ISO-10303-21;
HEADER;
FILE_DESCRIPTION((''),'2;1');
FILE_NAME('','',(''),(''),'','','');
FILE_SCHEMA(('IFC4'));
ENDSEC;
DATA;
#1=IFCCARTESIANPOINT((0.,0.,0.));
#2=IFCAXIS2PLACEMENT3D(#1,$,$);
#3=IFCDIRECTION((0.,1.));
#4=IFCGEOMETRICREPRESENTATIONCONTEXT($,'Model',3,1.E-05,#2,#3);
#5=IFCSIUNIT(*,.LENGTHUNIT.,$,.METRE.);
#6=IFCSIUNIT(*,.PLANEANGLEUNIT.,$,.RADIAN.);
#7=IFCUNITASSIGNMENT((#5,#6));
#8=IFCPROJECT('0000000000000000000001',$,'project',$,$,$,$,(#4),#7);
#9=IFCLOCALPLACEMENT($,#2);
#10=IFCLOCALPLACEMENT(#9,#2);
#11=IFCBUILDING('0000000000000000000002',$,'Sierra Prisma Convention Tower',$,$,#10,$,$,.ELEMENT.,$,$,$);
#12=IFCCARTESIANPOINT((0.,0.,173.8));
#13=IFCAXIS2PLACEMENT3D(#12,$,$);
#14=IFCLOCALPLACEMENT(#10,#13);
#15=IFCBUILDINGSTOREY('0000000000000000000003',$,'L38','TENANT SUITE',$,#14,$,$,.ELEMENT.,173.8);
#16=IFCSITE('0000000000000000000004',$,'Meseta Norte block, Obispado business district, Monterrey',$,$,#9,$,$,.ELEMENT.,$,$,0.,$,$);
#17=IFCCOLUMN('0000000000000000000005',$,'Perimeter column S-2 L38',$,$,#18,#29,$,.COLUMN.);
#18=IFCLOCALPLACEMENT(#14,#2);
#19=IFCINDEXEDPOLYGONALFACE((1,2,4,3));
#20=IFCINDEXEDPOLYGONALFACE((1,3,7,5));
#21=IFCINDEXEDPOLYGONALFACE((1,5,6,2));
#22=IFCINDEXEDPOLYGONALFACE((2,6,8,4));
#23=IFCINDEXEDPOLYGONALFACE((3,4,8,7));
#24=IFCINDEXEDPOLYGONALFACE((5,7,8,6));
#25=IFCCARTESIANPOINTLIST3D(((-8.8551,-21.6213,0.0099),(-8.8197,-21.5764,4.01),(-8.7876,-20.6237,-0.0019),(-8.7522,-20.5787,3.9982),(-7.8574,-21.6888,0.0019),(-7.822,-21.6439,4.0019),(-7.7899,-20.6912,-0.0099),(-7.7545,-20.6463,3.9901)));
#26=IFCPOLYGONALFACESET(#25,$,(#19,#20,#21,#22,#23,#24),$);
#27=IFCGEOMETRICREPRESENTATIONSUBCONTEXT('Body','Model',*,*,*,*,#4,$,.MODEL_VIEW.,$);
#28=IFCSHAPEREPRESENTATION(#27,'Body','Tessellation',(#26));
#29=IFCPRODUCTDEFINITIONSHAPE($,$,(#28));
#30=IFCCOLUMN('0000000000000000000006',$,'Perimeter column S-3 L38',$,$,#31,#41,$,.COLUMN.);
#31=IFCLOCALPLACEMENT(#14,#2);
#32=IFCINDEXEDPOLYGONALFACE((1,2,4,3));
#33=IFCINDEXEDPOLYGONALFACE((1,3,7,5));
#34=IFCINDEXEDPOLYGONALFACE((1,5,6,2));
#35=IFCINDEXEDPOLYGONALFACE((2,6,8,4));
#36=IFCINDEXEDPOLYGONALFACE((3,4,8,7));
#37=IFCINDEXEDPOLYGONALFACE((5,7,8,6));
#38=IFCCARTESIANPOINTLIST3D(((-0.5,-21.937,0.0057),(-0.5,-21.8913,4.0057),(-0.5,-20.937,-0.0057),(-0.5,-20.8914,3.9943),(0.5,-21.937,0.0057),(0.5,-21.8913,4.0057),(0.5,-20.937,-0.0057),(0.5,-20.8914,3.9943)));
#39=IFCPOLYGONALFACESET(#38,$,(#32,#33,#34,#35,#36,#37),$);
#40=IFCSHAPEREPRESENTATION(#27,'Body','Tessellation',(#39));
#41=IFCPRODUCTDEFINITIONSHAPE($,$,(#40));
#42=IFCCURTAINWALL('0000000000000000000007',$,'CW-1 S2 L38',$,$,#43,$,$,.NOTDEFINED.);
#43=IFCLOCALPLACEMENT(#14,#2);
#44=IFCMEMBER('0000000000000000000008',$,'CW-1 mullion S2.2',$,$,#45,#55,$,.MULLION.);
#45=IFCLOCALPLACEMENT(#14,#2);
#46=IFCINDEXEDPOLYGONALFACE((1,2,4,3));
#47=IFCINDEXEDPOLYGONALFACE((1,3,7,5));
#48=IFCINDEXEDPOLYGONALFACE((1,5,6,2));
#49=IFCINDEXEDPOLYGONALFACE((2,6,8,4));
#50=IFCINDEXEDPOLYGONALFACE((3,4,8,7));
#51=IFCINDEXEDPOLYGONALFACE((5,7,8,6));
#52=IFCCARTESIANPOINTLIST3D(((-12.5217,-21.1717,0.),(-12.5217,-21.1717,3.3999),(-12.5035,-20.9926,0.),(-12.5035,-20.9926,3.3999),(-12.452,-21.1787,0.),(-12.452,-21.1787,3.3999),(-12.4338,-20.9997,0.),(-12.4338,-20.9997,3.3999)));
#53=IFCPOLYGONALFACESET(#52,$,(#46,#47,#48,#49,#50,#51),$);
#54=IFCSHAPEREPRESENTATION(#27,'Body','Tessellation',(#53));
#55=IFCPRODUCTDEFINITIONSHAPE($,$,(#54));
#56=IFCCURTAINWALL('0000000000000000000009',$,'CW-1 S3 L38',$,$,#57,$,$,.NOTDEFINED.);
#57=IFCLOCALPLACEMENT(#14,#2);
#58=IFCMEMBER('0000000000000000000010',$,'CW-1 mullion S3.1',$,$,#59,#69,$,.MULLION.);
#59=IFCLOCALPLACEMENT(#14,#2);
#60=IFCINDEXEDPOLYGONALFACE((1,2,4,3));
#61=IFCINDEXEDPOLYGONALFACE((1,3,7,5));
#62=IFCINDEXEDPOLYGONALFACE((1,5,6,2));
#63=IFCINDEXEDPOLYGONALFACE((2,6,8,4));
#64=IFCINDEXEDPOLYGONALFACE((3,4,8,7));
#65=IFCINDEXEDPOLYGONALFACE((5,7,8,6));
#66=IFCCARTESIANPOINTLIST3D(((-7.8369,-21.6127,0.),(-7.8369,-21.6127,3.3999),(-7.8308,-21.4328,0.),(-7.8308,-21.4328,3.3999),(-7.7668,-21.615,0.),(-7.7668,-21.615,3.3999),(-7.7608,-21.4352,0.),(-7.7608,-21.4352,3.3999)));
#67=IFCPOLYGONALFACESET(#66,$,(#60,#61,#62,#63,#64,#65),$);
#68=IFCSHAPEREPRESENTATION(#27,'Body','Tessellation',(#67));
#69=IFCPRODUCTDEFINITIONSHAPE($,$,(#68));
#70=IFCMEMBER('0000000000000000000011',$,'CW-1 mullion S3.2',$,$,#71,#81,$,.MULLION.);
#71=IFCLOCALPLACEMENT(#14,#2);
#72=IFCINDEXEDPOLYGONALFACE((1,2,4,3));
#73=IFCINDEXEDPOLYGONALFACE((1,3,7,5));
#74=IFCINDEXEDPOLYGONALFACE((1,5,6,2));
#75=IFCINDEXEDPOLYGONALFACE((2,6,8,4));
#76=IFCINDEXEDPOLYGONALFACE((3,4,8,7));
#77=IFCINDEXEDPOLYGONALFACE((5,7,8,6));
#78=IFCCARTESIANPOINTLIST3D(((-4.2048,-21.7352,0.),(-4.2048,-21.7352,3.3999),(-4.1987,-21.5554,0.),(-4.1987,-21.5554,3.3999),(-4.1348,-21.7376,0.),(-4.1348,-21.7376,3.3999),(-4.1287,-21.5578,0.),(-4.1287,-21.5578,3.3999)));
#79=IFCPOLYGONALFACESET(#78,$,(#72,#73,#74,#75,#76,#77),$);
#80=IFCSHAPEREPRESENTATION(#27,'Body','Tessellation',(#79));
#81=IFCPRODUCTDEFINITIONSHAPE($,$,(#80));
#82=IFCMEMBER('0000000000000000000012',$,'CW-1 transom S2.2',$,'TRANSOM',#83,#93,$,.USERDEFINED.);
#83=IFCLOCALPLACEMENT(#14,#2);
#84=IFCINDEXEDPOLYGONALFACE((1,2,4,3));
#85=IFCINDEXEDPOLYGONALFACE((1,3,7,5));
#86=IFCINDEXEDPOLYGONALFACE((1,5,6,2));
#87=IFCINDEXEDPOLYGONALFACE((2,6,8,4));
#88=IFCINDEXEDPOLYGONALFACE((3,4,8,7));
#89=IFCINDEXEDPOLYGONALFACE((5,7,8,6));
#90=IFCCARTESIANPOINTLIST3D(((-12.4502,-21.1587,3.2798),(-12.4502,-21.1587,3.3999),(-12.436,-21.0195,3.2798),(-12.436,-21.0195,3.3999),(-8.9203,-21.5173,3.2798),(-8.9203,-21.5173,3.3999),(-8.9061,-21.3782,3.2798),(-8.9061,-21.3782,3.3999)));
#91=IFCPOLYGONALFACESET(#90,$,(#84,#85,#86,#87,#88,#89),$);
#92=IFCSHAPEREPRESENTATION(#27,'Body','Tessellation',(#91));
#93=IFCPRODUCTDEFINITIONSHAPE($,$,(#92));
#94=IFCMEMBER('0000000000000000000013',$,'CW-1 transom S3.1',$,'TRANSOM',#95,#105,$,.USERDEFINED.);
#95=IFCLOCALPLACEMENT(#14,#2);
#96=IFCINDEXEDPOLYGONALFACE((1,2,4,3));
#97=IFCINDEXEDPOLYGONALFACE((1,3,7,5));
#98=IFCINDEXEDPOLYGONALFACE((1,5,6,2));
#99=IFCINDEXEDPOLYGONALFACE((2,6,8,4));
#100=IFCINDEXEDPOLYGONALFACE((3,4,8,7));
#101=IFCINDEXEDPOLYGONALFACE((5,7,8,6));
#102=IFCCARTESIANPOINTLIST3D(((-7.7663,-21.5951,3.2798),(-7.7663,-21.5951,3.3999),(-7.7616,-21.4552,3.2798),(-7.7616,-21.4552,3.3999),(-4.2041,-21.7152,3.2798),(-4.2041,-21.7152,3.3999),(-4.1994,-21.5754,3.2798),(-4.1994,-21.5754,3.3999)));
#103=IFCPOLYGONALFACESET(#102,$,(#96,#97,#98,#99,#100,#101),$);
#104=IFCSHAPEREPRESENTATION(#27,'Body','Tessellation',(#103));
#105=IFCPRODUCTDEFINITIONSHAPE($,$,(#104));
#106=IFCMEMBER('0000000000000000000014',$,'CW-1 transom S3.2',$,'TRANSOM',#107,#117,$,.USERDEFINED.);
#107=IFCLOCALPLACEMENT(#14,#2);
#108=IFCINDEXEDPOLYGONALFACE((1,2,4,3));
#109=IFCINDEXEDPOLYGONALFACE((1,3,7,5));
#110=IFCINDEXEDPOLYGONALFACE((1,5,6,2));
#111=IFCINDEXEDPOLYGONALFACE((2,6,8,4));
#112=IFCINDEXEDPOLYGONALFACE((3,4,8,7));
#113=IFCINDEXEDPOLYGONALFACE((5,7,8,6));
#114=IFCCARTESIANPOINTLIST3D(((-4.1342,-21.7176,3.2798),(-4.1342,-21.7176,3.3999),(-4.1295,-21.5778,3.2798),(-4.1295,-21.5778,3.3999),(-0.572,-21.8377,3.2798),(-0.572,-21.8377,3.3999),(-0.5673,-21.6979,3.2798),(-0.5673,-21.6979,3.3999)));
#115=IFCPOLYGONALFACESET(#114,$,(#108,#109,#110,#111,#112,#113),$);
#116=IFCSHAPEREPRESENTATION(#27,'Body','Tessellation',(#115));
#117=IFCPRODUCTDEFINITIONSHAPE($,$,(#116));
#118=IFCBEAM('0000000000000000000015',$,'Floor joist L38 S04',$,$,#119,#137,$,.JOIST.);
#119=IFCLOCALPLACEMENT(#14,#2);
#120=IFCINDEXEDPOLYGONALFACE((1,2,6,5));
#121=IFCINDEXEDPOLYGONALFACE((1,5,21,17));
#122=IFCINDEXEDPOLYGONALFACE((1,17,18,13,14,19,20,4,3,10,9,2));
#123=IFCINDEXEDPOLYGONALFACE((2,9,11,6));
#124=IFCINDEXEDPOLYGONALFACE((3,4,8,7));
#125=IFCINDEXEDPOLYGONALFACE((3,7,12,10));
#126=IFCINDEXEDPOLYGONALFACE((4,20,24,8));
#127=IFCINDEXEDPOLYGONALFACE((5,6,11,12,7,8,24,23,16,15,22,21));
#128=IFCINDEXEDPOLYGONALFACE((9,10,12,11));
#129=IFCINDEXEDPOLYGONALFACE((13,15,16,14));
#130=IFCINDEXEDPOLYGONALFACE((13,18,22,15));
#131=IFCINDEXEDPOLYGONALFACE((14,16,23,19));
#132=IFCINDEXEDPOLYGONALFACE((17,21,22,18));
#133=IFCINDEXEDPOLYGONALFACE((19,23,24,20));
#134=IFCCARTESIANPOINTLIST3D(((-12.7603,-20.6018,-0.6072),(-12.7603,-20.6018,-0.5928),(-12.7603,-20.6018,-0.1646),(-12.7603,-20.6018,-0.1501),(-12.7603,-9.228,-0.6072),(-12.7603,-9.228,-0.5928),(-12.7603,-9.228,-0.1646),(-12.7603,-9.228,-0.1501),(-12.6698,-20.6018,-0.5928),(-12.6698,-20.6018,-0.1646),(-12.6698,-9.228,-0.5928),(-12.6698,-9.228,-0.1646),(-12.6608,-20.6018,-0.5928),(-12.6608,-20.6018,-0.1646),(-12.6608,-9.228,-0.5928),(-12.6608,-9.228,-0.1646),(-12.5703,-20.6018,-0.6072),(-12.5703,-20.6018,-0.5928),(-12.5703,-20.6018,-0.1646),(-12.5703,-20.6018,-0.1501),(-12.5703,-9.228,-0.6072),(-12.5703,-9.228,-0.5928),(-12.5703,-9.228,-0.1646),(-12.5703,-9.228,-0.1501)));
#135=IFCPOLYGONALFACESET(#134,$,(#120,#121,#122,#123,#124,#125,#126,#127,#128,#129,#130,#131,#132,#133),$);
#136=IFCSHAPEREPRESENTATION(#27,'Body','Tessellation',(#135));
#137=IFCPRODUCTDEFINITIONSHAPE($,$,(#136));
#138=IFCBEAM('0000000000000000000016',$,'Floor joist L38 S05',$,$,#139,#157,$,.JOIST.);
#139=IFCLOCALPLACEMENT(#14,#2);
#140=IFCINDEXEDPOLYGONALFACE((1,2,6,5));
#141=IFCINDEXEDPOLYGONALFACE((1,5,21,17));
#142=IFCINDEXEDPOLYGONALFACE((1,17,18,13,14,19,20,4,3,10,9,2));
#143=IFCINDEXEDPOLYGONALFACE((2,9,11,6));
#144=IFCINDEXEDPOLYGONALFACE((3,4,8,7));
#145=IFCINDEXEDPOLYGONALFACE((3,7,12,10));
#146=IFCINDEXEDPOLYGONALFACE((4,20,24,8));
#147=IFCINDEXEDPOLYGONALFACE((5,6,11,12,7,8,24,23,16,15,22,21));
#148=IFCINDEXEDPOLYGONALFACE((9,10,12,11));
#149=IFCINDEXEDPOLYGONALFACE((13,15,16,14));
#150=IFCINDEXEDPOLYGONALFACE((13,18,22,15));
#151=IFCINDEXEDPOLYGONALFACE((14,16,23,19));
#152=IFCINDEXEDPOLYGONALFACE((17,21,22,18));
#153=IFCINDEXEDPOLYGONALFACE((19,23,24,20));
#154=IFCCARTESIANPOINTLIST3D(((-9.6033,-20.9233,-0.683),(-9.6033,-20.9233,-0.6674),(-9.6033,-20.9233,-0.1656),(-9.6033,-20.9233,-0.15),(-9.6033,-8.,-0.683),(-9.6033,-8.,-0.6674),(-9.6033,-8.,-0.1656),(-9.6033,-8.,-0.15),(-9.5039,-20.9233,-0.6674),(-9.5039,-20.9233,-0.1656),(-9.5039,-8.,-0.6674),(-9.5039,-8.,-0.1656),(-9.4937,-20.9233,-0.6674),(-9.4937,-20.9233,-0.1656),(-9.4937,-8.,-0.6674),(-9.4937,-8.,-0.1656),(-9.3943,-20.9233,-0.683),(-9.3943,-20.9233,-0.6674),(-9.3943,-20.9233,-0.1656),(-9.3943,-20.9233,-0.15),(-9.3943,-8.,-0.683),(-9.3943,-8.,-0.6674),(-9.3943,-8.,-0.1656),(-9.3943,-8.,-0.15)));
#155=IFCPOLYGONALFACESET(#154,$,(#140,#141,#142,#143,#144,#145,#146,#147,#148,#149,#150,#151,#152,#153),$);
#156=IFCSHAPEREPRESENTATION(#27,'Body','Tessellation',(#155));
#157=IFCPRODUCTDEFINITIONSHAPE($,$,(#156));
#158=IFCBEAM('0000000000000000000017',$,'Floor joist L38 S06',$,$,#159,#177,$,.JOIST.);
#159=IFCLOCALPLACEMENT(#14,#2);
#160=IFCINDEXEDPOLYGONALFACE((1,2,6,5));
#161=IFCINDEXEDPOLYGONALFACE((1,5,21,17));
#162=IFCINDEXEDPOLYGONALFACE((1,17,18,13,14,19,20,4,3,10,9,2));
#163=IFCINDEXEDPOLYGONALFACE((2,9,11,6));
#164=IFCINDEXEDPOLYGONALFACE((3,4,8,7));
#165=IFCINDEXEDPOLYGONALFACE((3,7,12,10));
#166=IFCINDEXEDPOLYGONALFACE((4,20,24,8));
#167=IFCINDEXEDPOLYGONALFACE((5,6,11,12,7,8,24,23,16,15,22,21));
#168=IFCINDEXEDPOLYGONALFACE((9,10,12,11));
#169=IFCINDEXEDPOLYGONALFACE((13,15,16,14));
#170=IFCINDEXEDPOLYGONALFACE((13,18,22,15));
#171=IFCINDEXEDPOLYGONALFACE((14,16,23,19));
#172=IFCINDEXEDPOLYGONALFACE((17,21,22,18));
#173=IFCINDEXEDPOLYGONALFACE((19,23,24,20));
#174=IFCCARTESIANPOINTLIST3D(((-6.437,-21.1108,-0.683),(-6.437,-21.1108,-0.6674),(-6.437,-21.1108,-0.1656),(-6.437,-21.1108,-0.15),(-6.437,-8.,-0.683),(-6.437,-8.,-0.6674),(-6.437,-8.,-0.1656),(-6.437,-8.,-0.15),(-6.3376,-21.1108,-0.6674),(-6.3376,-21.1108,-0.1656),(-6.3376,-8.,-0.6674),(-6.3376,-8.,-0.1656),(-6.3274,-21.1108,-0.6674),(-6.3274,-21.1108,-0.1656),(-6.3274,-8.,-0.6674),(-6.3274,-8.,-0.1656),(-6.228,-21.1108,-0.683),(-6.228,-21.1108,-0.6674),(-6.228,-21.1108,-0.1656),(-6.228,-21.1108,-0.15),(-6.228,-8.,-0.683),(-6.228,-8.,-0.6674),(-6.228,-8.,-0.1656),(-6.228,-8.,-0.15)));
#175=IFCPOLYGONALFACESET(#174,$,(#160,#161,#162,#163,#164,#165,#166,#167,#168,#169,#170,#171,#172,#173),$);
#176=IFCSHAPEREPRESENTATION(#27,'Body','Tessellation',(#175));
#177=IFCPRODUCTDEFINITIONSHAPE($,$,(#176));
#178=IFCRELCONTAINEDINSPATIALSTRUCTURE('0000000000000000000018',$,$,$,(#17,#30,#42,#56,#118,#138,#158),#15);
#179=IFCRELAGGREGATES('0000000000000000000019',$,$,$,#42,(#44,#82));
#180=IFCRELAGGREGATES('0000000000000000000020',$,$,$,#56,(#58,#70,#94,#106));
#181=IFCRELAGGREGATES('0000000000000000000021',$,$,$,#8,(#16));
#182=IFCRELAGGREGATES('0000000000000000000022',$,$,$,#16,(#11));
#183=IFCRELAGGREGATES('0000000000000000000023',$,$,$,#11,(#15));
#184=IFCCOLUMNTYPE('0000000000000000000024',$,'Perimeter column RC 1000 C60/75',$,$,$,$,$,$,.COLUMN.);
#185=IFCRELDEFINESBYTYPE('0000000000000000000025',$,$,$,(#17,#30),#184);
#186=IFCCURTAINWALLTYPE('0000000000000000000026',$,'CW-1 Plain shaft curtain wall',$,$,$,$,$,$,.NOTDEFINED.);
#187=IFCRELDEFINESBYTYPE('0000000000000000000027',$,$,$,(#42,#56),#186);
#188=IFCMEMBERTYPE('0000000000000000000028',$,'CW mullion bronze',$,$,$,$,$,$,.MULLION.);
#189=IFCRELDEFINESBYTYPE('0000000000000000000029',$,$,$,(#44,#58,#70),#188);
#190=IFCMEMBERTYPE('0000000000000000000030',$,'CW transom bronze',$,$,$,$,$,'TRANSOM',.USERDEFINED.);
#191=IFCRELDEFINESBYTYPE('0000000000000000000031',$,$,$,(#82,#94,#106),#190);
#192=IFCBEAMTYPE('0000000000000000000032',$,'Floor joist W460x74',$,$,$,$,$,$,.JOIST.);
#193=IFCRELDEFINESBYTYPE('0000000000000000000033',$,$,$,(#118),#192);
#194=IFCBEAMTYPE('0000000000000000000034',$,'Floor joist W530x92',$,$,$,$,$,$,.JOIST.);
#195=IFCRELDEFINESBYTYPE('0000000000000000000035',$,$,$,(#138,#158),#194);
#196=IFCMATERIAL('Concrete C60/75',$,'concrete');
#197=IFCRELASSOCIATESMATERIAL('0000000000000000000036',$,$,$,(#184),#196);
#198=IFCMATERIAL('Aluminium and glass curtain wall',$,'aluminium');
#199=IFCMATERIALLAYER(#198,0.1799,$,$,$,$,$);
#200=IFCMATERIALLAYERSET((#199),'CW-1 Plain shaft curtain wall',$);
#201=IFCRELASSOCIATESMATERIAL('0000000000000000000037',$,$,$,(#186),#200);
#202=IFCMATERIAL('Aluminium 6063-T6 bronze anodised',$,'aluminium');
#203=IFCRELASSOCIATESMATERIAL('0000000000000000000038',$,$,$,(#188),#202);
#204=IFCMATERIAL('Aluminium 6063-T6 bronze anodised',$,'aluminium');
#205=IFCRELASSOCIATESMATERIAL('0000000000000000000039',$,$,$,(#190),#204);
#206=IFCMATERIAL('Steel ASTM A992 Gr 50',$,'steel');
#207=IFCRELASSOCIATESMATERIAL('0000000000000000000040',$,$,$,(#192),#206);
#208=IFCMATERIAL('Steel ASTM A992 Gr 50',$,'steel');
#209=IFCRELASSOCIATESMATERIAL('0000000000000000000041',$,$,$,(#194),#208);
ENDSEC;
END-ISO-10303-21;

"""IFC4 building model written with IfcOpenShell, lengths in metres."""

from ifc_helpers import new_model, si_unit, direction, frame, origin, origin_2d, place, context, subcontext, project, spatial, rectangle, i_section, extrude, material, layer, layer_set, material_profile, profile_set, type_object, element, aggregate, save


model = new_model("IFC4")

# Units and contexts
model_context = context("Model", 3, precision=1e-05, world=origin(), true_north=direction((0.0, 1.0)))
body_context = subcontext(model_context, "Body", "Model", "MODEL_VIEW")
ifc_project = project(units=[si_unit("LENGTHUNIT", "METRE"), si_unit("PLANEANGLEUNIT", "RADIAN")], contexts=[model_context])

# Site, building, storey
site_placement = place(None, origin())
site = spatial("IfcSite", under=ifc_project, at=site_placement, Name="Meseta Norte block, Obispado business district, Monterrey", CompositionType="ELEMENT", RefElevation=0.0)
building_placement = place(site_placement, origin())
building = spatial("IfcBuilding", under=site, at=building_placement, Name="Sierra Prisma Convention Tower", CompositionType="ELEMENT")
storey_placement = place(building_placement, frame((0.0, 0.0, 173.8)))
storey = spatial("IfcBuildingStorey", under=building, at=storey_placement, Name="L38", Description="TENANT SUITE", CompositionType="ELEMENT", Elevation=173.8)

# Columns
ifc_material_1 = material(Name="Concrete C60/75", Category="concrete")
ifc_material_profile_1 = material_profile(ifc_material_1, rectangle(XDim=1.0, YDim=1.0, at=origin_2d()), Name="Perimeter column RC 1000 C60/75")
ifc_profile_set_1 = profile_set([ifc_material_profile_1], Name="Concrete C60/75")
column_type = type_object("IfcColumnType", Name="Perimeter column RC 1000 C60/75", PredefinedType="COLUMN", material=ifc_profile_set_1)
column_1_placement = place(storey_placement, frame((-8.3225, -21.1562, 0.0), z_axis=(0.008849, 0.011229, 0.999898), x_axis=(-0.997684, 0.067537, 0.008071)))
element("IfcColumn", 1, at=column_1_placement, inside=storey, type_object=column_type, Name="Perimeter column S-2 L38", PredefinedType="COLUMN", context=body_context, shape_type="SweptSolid", body=[
    extrude(rectangle(XDim=1.0, YDim=1.0, at=origin_2d()), origin(), (0.0, 0.0, 1.0), 4.0005),
])
column_2_placement = place(storey_placement, frame((0.0, -21.437, 0.0), z_axis=(0.0, 0.011413, 0.999935), x_axis=(1.0, 0.0, 0.0)))
element("IfcColumn", 2, at=column_2_placement, inside=storey, type_object=column_type, Name="Perimeter column S-3 L38", PredefinedType="COLUMN", context=body_context, shape_type="SweptSolid", body=[
    extrude(rectangle(XDim=1.0, YDim=1.0, at=origin_2d()), origin(), (0.0, 0.0, 1.0), 4.0002),
])

# Curtain wall, member
ifc_material_2 = material(Name="Aluminium and glass curtain wall", Category="aluminium")
ifc_layer_1 = layer(ifc_material_2, 0.1799)
ifc_layer_set_1 = layer_set([ifc_layer_1], Name="CW-1 Plain shaft curtain wall")
curtain_wall_type = type_object("IfcCurtainWallType", Name="CW-1 Plain shaft curtain wall", PredefinedType="NOTDEFINED", material=ifc_layer_set_1)
curtain_wall_1_placement = place(storey_placement, origin())
curtain_wall_1 = element("IfcCurtainWall", 3, at=curtain_wall_1_placement, inside=storey, type_object=curtain_wall_type, Name="CW-1 S2 L38", PredefinedType="NOTDEFINED")
ifc_material_3 = material(Name="Aluminium 6063-T6 bronze anodised", Category="aluminium")
ifc_material_profile_2 = material_profile(ifc_material_3, rectangle(XDim=0.1799, YDim=0.0701, at=origin_2d()), Name="ALU MULLION 70x180")
ifc_profile_set_2 = profile_set([ifc_material_profile_2], Name="Aluminium 6063-T6 bronze anodised")
member_type_1 = type_object("IfcMemberType", Name="CW mullion bronze", PredefinedType="MULLION", material=ifc_profile_set_2)
member_1_placement = place(storey_placement, frame((-12.4778, -21.0857, 0.0), z_axis=(0.0, 0.0, 1.0), x_axis=(0.101067, 0.99488, 0.0)))
member_1 = element("IfcMember", 4, at=member_1_placement, type_object=member_type_1, Name="CW-1 mullion S2.2", PredefinedType="MULLION", context=body_context, shape_type="SweptSolid", body=[
    extrude(rectangle(XDim=0.1799, YDim=0.0701, at=origin_2d()), origin(), (0.0, 0.0, 1.0), 3.3999),
])

# Curtain wall, members
curtain_wall_2_placement = place(storey_placement, origin())
curtain_wall_2 = element("IfcCurtainWall", 5, at=curtain_wall_2_placement, inside=storey, type_object=curtain_wall_type, Name="CW-1 S3 L38", PredefinedType="NOTDEFINED")
member_2_placement = place(storey_placement, frame((-7.7988, -21.5239, 0.0), z_axis=(0.0, 0.0, 1.0), x_axis=(0.03374, 0.999431, 0.0)))
member_2 = element("IfcMember", 6, at=member_2_placement, type_object=member_type_1, Name="CW-1 mullion S3.1", PredefinedType="MULLION", context=body_context, shape_type="SweptSolid", body=[
    extrude(rectangle(XDim=0.1799, YDim=0.0701, at=origin_2d()), origin(), (0.0, 0.0, 1.0), 3.3999),
])
member_3_placement = place(storey_placement, frame((-4.1667, -21.6465, 0.0), z_axis=(0.0, 0.0, 1.0), x_axis=(0.03374, 0.999431, 0.0)))
member_3 = element("IfcMember", 7, at=member_3_placement, type_object=member_type_1, Name="CW-1 mullion S3.2", PredefinedType="MULLION", context=body_context, shape_type="SweptSolid", body=[
    extrude(rectangle(XDim=0.1799, YDim=0.0701, at=origin_2d()), origin(), (0.0, 0.0, 1.0), 3.3999),
])

# Members
ifc_material_4 = material(Name="Aluminium 6063-T6 bronze anodised", Category="aluminium")
ifc_material_profile_3 = material_profile(ifc_material_4, rectangle(XDim=0.1399, YDim=0.1201, at=origin_2d()), Name="ALU TRANSOM 120x140")
ifc_profile_set_3 = profile_set([ifc_material_profile_3], Name="Aluminium 6063-T6 bronze anodised")
member_type_2 = type_object("IfcMemberType", Name="CW transom bronze", ElementType="TRANSOM", PredefinedType="USERDEFINED", material=ifc_profile_set_3)
member_4_placement = place(storey_placement, frame((-12.4431, -21.0891, 3.3398), z_axis=(0.994879, -0.101077, 0.0), x_axis=(0.101077, 0.994879, 0.0)))
member_4 = element("IfcMember", 8, at=member_4_placement, type_object=member_type_2, Name="CW-1 transom S2.2", ObjectType="TRANSOM", PredefinedType="USERDEFINED", context=body_context, shape_type="SweptSolid", body=[
    extrude(rectangle(XDim=0.1399, YDim=0.1201, at=origin_2d()), origin(), (0.0, 0.0, 1.0), 3.5481),
])
member_5_placement = place(storey_placement, frame((-7.7639, -21.5251, 3.3398), z_axis=(0.999432, -0.0337, 0.0), x_axis=(0.0337, 0.999432, 0.0)))
member_5 = element("IfcMember", 9, at=member_5_placement, type_object=member_type_2, Name="CW-1 transom S3.1", ObjectType="TRANSOM", PredefinedType="USERDEFINED", context=body_context, shape_type="SweptSolid", body=[
    extrude(rectangle(XDim=0.1399, YDim=0.1201, at=origin_2d()), origin(), (0.0, 0.0, 1.0), 3.5642),
])
member_6_placement = place(storey_placement, frame((-4.1318, -21.6477, 3.3398), z_axis=(0.999432, -0.0337, 0.0), x_axis=(0.0337, 0.999432, 0.0)))
member_6 = element("IfcMember", 10, at=member_6_placement, type_object=member_type_2, Name="CW-1 transom S3.2", ObjectType="TRANSOM", PredefinedType="USERDEFINED", context=body_context, shape_type="SweptSolid", body=[
    extrude(rectangle(XDim=0.1399, YDim=0.1201, at=origin_2d()), origin(), (0.0, 0.0, 1.0), 3.5642),
])

# Beams
ifc_material_5 = material(Name="Steel ASTM A992 Gr 50", Category="steel")
ifc_material_profile_4 = material_profile(ifc_material_5, i_section(OverallWidth=0.1899, OverallDepth=0.457, WebThickness=0.009, FlangeThickness=0.0144, at=origin_2d()), Name="W460x74")
ifc_profile_set_4 = profile_set([ifc_material_profile_4], Name="Steel ASTM A992 Gr 50")
beam_type_1 = type_object("IfcBeamType", Name="Floor joist W460x74", PredefinedType="JOIST", material=ifc_profile_set_4)
beam_1_placement = place(storey_placement, frame((-12.6653, -20.6018, -0.3787), z_axis=(0.0, 1.0, 0.0), x_axis=(-1.0, 0.0, 0.0)))
element("IfcBeam", 11, at=beam_1_placement, inside=storey, type_object=beam_type_1, Name="Floor joist L38 S04", PredefinedType="JOIST", context=body_context, shape_type="SweptSolid", body=[
    extrude(i_section(OverallWidth=0.1899, OverallDepth=0.457, WebThickness=0.009, FlangeThickness=0.0144, at=origin_2d()), origin(), (0.0, 0.0, 1.0), 11.3738),
])
ifc_material_6 = material(Name="Steel ASTM A992 Gr 50", Category="steel")
ifc_material_profile_5 = material_profile(ifc_material_6, i_section(OverallWidth=0.209, OverallDepth=0.533, WebThickness=0.0103, FlangeThickness=0.0156, at=origin_2d()), Name="W530x92")
ifc_profile_set_5 = profile_set([ifc_material_profile_5], Name="Steel ASTM A992 Gr 50")
beam_type_2 = type_object("IfcBeamType", Name="Floor joist W530x92", PredefinedType="JOIST", material=ifc_profile_set_5)
beam_2_placement = place(storey_placement, frame((-9.4988, -20.9233, -0.4165), z_axis=(0.0, 1.0, 0.0), x_axis=(-1.0, 0.0, 0.0)))
element("IfcBeam", 12, at=beam_2_placement, inside=storey, type_object=beam_type_2, Name="Floor joist L38 S05", PredefinedType="JOIST", context=body_context, shape_type="SweptSolid", body=[
    extrude(i_section(OverallWidth=0.209, OverallDepth=0.533, WebThickness=0.0103, FlangeThickness=0.0156, at=origin_2d()), origin(), (0.0, 0.0, 1.0), 12.9233),
])
beam_3_placement = place(storey_placement, frame((-6.3325, -21.1108, -0.4165), z_axis=(0.0, 1.0, 0.0), x_axis=(-1.0, 0.0, 0.0)))
element("IfcBeam", 13, at=beam_3_placement, inside=storey, type_object=beam_type_2, Name="Floor joist L38 S06", PredefinedType="JOIST", context=body_context, shape_type="SweptSolid", body=[
    extrude(i_section(OverallWidth=0.209, OverallDepth=0.533, WebThickness=0.0103, FlangeThickness=0.0156, at=origin_2d()), origin(), (0.0, 0.0, 1.0), 13.1108),
])

aggregate(curtain_wall_1, [member_1, member_4])
aggregate(curtain_wall_2, [member_2, member_3, member_5, member_6])

save(model, "model.ifc")
